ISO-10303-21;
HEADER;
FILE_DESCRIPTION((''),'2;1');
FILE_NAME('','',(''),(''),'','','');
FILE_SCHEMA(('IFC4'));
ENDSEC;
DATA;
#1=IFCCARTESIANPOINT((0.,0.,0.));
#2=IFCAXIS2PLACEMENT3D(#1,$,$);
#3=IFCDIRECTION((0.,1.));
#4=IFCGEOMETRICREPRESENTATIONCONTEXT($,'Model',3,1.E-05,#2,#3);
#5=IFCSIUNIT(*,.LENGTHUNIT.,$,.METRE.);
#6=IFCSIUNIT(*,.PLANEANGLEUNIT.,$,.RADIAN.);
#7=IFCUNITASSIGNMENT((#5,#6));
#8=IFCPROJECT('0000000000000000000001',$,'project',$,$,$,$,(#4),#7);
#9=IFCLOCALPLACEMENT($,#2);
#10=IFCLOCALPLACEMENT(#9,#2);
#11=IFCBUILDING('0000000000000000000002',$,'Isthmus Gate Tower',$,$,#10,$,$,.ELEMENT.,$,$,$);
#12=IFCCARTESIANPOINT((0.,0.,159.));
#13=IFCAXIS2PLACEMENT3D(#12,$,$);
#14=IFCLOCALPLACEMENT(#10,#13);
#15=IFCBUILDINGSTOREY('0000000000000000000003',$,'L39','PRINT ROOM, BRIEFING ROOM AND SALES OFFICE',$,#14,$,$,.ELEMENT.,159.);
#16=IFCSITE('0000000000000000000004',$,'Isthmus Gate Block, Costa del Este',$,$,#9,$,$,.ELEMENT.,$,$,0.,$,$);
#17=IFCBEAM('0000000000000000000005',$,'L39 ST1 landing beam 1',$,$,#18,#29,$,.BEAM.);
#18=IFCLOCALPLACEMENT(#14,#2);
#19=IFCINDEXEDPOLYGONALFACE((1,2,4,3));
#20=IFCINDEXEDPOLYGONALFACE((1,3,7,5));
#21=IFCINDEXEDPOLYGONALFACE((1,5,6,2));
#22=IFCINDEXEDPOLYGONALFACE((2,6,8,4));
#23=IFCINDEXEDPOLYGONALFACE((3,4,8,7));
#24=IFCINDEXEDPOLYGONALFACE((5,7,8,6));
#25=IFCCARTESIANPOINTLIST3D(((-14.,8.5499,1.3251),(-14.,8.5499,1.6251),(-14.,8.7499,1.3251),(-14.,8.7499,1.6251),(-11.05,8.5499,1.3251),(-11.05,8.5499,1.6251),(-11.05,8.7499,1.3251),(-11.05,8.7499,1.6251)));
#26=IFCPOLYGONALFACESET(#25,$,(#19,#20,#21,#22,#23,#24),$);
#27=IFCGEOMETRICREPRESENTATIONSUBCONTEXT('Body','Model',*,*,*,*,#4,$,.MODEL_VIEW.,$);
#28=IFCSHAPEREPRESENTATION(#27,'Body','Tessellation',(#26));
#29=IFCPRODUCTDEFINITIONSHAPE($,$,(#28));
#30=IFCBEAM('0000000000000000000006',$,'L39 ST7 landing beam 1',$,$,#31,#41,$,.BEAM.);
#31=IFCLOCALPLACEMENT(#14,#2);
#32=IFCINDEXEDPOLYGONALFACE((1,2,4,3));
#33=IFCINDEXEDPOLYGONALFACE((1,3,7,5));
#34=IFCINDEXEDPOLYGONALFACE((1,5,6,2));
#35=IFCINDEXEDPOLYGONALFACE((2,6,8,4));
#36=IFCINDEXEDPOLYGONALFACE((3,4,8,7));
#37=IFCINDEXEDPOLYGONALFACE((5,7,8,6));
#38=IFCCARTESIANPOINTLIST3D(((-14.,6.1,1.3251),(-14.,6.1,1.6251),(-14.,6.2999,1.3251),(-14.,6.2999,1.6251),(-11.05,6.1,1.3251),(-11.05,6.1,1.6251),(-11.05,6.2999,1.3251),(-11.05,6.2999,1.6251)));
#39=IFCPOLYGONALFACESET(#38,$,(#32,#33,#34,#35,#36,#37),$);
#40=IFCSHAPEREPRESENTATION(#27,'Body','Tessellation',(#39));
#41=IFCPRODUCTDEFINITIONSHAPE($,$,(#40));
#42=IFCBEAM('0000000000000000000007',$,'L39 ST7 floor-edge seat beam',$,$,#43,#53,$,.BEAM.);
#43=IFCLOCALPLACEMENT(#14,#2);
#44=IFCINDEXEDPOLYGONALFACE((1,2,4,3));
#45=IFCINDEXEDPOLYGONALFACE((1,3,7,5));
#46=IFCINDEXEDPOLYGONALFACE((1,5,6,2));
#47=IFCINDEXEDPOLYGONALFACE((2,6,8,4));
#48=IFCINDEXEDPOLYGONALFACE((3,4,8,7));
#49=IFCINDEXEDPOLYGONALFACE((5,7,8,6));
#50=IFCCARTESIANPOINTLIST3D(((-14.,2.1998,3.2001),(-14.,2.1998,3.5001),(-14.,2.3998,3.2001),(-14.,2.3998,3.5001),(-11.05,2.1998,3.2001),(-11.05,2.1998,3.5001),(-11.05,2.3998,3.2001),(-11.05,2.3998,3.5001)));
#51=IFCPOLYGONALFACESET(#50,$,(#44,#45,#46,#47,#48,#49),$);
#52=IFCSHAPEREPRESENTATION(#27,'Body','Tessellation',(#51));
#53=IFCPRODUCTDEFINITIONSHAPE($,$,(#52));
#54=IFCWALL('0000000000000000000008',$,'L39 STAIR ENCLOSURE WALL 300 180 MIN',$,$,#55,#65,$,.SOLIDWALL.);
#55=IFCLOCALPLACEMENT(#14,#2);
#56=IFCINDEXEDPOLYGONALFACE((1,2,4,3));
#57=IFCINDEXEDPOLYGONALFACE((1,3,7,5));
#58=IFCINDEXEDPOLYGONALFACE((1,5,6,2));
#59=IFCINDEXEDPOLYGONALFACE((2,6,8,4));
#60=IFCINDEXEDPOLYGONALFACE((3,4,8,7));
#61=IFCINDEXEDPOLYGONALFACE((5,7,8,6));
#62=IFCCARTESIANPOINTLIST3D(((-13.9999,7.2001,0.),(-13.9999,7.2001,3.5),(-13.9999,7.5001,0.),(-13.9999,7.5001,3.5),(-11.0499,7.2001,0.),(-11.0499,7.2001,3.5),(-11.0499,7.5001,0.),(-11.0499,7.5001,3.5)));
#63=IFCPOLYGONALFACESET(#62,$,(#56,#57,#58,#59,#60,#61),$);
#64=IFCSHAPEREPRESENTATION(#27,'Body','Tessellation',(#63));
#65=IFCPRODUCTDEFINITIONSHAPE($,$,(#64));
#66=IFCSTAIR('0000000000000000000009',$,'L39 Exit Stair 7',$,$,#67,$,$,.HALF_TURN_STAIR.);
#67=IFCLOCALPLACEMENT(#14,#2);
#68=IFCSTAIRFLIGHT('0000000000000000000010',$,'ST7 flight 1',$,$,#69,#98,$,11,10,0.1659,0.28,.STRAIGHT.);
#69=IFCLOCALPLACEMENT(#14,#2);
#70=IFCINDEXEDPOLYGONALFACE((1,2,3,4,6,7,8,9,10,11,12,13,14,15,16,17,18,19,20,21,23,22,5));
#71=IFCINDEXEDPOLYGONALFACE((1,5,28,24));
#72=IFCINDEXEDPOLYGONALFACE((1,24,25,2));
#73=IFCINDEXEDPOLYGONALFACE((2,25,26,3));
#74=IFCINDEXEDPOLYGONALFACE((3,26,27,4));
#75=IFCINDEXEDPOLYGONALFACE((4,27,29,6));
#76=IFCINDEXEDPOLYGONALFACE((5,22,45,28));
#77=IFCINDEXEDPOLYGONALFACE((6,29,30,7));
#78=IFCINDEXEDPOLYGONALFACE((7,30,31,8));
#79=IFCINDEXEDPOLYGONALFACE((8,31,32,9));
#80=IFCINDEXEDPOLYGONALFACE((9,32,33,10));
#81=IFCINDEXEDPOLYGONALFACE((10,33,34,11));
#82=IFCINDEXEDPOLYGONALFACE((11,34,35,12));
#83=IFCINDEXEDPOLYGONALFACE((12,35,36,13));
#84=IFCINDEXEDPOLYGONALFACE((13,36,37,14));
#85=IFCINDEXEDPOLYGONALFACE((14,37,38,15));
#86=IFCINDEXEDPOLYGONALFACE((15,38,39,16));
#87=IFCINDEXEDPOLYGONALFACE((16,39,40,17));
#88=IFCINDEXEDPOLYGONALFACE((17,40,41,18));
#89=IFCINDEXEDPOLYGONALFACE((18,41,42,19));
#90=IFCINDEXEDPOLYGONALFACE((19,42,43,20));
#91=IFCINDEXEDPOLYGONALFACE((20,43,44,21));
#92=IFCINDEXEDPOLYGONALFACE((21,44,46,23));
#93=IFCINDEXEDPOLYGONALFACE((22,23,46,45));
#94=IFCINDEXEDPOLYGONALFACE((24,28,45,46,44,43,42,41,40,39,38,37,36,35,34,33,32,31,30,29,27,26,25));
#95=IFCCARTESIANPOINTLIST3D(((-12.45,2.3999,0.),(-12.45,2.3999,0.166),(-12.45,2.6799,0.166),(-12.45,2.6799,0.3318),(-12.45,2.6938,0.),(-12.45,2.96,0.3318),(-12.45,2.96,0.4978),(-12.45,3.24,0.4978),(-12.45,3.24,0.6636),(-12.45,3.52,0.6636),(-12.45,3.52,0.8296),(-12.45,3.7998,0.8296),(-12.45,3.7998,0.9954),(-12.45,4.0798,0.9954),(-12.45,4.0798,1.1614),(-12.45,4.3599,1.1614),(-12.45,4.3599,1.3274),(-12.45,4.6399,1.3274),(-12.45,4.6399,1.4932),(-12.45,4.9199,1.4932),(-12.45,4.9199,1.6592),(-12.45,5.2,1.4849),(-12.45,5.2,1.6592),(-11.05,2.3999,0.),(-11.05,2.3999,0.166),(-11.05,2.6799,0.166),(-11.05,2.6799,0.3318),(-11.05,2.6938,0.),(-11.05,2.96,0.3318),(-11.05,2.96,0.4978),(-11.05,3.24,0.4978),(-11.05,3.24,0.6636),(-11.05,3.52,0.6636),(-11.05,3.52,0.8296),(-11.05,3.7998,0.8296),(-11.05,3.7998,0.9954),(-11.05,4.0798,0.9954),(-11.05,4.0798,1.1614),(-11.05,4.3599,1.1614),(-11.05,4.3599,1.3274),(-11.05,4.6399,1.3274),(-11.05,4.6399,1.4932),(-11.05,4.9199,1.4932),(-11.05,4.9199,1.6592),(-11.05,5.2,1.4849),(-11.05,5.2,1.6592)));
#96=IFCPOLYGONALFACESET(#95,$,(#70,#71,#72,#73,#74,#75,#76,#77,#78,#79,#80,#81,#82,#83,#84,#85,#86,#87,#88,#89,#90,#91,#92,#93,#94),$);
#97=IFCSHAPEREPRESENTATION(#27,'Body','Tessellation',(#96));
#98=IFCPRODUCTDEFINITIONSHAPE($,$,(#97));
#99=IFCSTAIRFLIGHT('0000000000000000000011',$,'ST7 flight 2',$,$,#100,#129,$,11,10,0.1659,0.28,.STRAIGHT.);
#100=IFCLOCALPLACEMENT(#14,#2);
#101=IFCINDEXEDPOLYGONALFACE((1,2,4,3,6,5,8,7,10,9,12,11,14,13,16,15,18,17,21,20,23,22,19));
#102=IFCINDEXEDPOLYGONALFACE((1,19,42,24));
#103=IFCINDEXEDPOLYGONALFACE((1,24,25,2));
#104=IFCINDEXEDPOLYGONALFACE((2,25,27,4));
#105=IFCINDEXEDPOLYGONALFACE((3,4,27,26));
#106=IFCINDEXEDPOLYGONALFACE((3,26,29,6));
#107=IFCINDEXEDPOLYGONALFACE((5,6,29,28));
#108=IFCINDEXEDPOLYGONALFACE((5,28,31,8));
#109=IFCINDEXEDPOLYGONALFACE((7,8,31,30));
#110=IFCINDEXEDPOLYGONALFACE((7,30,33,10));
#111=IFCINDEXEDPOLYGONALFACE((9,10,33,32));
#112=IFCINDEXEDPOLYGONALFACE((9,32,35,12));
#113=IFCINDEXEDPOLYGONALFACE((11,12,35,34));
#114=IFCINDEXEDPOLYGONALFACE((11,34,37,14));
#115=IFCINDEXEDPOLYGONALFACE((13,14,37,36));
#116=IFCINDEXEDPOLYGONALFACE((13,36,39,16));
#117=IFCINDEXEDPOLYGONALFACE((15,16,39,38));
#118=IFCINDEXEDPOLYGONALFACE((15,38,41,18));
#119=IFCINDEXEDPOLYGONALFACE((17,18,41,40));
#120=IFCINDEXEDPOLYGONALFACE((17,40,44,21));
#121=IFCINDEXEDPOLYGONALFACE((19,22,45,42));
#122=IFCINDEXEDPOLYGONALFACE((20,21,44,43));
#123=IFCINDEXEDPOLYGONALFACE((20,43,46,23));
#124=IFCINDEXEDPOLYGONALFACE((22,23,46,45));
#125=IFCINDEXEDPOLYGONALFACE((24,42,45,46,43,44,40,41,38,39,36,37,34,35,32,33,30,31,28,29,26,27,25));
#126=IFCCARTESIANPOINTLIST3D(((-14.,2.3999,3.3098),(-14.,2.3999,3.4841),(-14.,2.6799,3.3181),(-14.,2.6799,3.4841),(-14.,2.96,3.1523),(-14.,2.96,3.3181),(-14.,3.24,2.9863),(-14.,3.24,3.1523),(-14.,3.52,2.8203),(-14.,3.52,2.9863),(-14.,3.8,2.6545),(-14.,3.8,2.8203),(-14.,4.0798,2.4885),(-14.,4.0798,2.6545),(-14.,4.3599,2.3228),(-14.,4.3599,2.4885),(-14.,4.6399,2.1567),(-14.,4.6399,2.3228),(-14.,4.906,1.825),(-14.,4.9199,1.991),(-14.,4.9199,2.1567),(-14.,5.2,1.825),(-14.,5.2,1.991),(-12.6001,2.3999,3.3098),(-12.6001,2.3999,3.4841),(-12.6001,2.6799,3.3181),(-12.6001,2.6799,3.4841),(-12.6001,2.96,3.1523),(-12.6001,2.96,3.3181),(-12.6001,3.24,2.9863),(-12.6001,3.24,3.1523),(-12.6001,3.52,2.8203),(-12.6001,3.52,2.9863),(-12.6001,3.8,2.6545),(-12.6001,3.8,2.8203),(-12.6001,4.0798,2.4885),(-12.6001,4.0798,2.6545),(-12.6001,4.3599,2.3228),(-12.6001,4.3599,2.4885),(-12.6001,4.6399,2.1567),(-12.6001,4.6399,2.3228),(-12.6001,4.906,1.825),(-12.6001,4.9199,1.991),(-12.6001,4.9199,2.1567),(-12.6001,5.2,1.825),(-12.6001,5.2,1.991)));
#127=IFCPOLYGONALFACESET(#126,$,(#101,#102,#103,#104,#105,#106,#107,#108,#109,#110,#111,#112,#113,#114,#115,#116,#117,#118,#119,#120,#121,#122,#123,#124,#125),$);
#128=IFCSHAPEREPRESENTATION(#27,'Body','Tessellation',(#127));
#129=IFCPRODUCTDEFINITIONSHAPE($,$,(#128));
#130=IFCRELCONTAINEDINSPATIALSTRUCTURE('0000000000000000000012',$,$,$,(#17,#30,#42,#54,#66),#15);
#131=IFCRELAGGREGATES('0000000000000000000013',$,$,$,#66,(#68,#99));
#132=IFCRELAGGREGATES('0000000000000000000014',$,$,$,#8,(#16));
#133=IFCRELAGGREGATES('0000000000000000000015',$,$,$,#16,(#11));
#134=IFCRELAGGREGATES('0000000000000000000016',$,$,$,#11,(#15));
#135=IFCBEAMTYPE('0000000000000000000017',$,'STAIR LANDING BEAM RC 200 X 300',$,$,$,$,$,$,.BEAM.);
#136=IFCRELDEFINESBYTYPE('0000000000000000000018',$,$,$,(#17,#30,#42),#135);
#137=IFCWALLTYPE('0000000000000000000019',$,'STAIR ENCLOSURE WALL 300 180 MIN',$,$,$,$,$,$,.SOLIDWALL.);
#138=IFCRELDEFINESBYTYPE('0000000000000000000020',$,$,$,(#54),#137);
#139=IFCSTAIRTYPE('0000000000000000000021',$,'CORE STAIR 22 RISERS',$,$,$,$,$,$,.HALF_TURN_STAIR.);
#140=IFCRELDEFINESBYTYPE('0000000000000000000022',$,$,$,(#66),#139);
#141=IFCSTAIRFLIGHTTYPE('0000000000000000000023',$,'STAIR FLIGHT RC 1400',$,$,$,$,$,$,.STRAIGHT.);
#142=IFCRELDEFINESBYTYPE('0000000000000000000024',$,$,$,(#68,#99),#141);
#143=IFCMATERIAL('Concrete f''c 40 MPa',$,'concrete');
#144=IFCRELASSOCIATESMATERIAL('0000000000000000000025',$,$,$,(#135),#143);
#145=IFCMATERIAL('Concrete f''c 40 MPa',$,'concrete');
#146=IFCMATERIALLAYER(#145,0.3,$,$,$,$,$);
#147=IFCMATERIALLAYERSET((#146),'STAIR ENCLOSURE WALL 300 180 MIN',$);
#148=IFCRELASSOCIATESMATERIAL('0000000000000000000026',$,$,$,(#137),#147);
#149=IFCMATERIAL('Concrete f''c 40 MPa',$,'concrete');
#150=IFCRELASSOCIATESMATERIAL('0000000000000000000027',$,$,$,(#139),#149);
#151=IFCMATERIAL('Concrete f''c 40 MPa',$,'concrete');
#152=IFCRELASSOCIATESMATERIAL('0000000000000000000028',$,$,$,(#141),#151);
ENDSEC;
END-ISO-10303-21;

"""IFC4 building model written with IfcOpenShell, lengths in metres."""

from ifc_helpers import new_model, si_unit, direction, frame, frame_2d, origin, origin_2d, place, context, subcontext, project, spatial, polyline, rectangle, outline, extrude, material, layer, layer_set, material_profile, profile_set, type_object, element, aggregate, save


model = new_model("IFC4")

# Units and contexts
model_context = context("Model", 3, precision=1e-05, world=origin(), true_north=direction((0.0, 1.0)))
body_context = subcontext(model_context, "Body", "Model", "MODEL_VIEW")
ifc_project = project(units=[si_unit("LENGTHUNIT", "METRE"), si_unit("PLANEANGLEUNIT", "RADIAN")], contexts=[model_context])

# Site, building, storey
site_placement = place(None, origin())
site = spatial("IfcSite", under=ifc_project, at=site_placement, Name="Isthmus Gate Block, Costa del Este", CompositionType="ELEMENT", RefElevation=0.0)
building_placement = place(site_placement, origin())
building = spatial("IfcBuilding", under=site, at=building_placement, Name="Isthmus Gate Tower", CompositionType="ELEMENT")
storey_placement = place(building_placement, frame((0.0, 0.0, 159.0)))
storey = spatial("IfcBuildingStorey", under=building, at=storey_placement, Name="L39", Description="PRINT ROOM, BRIEFING ROOM AND SALES OFFICE", CompositionType="ELEMENT", Elevation=159.0)

# Beams
ifc_material_1 = material(Name="Concrete f'c 40 MPa", Category="concrete")
ifc_material_profile = material_profile(ifc_material_1, rectangle(XDim=0.2, YDim=0.3, at=origin_2d()), Name="STAIR LANDING BEAM RC 200 X 300")
ifc_profile_set = profile_set([ifc_material_profile], Name="Concrete f'c 40 MPa")
beam_type = type_object("IfcBeamType", Name="STAIR LANDING BEAM RC 200 X 300", PredefinedType="BEAM", material=ifc_profile_set)
for number, where, z_axis, x_axis, name in (
    (1, (-14.0, 8.6499, 1.4751), (1.0, 0.0, 0.0), (0.0, 1.0, 0.0), "L39 ST1 landing beam 1"),
    (2, (-14.0, 6.2, 1.4751), (1.0, 0.0, 0.0), (0.0, 1.0, 0.0), "L39 ST7 landing beam 1"),
    (3, (-14.0, 2.2998, 3.3501), (1.0, 0.0, 0.0), (0.0, 1.0, 0.0), "L39 ST7 floor-edge seat beam"),
):
    element("IfcBeam", number, at=place(storey_placement, frame(where, z_axis=z_axis, x_axis=x_axis)), inside=storey, type_object=beam_type, Name=name, PredefinedType="BEAM", context=body_context, shape_type="SweptSolid", body=[
        extrude(rectangle(XDim=0.2, YDim=0.3, at=origin_2d()), origin(), (0.0, 0.0, 1.0), 2.95),
    ])

# Wall
ifc_material_2 = material(Name="Concrete f'c 40 MPa", Category="concrete")
ifc_layer = layer(ifc_material_2, 0.3)
ifc_layer_set = layer_set([ifc_layer], Name="STAIR ENCLOSURE WALL 300 180 MIN")
wall_type = type_object("IfcWallType", Name="STAIR ENCLOSURE WALL 300 180 MIN", PredefinedType="SOLIDWALL", material=ifc_layer_set)
wall_placement = place(storey_placement, frame((-14.0, 7.3501, 0.0), z_axis=(0.0, 0.0, 1.0), x_axis=(1.0, 0.0, 0.0)))
element("IfcWall", 4, at=wall_placement, inside=storey, type_object=wall_type, Name="L39 STAIR ENCLOSURE WALL 300 180 MIN", PredefinedType="SOLIDWALL", context=body_context, shape_type="SweptSolid", body=[
    extrude(rectangle(XDim=2.95, YDim=0.3, at=frame_2d((1.4751, 0.0))), origin(), (0.0, 0.0, 1.0), 3.5),
])

# Stair, stair flights
ifc_material_3 = material(Name="Concrete f'c 40 MPa", Category="concrete")
stair_type = type_object("IfcStairType", Name="CORE STAIR 22 RISERS", PredefinedType="HALF_TURN_STAIR", material=ifc_material_3)
stair_placement = place(storey_placement, origin())
stair = element("IfcStair", 5, at=stair_placement, inside=storey, type_object=stair_type, Name="L39 Exit Stair 7", PredefinedType="HALF_TURN_STAIR")
ifc_material_4 = material(Name="Concrete f'c 40 MPa", Category="concrete")
stair_flight_type = type_object("IfcStairFlightType", Name="STAIR FLIGHT RC 1400", PredefinedType="STRAIGHT", material=ifc_material_4)
stair_flight_1_placement = place(storey_placement, frame((-11.75, 2.3999, 0.0), z_axis=(0.0, 0.0, 1.0), x_axis=(0.0, 1.0, 0.0)))
stair_flight_1 = element("IfcStairFlight", 6, at=stair_flight_1_placement, type_object=stair_flight_type, Name="ST7 flight 1", NumberOfRisers=11, NumberOfTreads=10, PredefinedType="STRAIGHT", RiserHeight=0.1659, TreadLength=0.28, context=body_context, shape_type="SweptSolid", body=[
    extrude(outline(polyline([(0.0, 0.0), (0.0, 0.166), (0.28, 0.166), (0.28, 0.3318), (0.5601, 0.3318), (0.5601, 0.4978), (0.8401, 0.4978), (0.8401, 0.6636), (1.1201, 0.6636), (1.1201, 0.8296), (1.3999, 0.8296), (1.3999, 0.9954), (1.6799, 0.9954), (1.6799, 1.1614), (1.96, 1.1614), (1.96, 1.3274), (2.24, 1.3274), (2.24, 1.4932), (2.52, 1.4932), (2.52, 1.6592), (2.8, 1.6592), (2.8, 1.825), (2.8, 1.4849), (0.2939, 0.0), (0.0, 0.0)])), frame((0.0, 0.7, 0.0), z_axis=(0.0, -1.0, 0.0), x_axis=(1.0, 0.0, 0.0)), (0.0, 0.0, 1.0), 1.3999),
])
stair_flight_2_placement = place(storey_placement, frame((-13.3, 5.2, 1.825), z_axis=(0.0, 0.0, 1.0), x_axis=(0.0, -1.0, 0.0)))
stair_flight_2 = element("IfcStairFlight", 7, at=stair_flight_2_placement, type_object=stair_flight_type, Name="ST7 flight 2", NumberOfRisers=11, NumberOfTreads=10, PredefinedType="STRAIGHT", RiserHeight=0.1659, TreadLength=0.28, context=body_context, shape_type="SweptSolid", body=[
    extrude(outline(polyline([(0.0, 0.0), (0.0, 0.166), (0.28, 0.166), (0.28, 0.3318), (0.5601, 0.3318), (0.5601, 0.4978), (0.8401, 0.4978), (0.8401, 0.6636), (1.1201, 0.6636), (1.1201, 0.8296), (1.3999, 0.8296), (1.3999, 0.9954), (1.6799, 0.9954), (1.6799, 1.1614), (1.96, 1.1614), (1.96, 1.3274), (2.24, 1.3274), (2.24, 1.4932), (2.52, 1.4932), (2.52, 1.6592), (2.8, 1.6592), (2.8, 1.825), (2.8, 1.4849), (0.2939, 0.0), (0.0, 0.0)])), frame((0.0, 0.7, 0.0), z_axis=(0.0, -1.0, 0.0), x_axis=(1.0, 0.0, 0.0)), (0.0, 0.0, 1.0), 1.3999),
])
aggregate(stair, [stair_flight_1, stair_flight_2])

save(model, "model.ifc")
